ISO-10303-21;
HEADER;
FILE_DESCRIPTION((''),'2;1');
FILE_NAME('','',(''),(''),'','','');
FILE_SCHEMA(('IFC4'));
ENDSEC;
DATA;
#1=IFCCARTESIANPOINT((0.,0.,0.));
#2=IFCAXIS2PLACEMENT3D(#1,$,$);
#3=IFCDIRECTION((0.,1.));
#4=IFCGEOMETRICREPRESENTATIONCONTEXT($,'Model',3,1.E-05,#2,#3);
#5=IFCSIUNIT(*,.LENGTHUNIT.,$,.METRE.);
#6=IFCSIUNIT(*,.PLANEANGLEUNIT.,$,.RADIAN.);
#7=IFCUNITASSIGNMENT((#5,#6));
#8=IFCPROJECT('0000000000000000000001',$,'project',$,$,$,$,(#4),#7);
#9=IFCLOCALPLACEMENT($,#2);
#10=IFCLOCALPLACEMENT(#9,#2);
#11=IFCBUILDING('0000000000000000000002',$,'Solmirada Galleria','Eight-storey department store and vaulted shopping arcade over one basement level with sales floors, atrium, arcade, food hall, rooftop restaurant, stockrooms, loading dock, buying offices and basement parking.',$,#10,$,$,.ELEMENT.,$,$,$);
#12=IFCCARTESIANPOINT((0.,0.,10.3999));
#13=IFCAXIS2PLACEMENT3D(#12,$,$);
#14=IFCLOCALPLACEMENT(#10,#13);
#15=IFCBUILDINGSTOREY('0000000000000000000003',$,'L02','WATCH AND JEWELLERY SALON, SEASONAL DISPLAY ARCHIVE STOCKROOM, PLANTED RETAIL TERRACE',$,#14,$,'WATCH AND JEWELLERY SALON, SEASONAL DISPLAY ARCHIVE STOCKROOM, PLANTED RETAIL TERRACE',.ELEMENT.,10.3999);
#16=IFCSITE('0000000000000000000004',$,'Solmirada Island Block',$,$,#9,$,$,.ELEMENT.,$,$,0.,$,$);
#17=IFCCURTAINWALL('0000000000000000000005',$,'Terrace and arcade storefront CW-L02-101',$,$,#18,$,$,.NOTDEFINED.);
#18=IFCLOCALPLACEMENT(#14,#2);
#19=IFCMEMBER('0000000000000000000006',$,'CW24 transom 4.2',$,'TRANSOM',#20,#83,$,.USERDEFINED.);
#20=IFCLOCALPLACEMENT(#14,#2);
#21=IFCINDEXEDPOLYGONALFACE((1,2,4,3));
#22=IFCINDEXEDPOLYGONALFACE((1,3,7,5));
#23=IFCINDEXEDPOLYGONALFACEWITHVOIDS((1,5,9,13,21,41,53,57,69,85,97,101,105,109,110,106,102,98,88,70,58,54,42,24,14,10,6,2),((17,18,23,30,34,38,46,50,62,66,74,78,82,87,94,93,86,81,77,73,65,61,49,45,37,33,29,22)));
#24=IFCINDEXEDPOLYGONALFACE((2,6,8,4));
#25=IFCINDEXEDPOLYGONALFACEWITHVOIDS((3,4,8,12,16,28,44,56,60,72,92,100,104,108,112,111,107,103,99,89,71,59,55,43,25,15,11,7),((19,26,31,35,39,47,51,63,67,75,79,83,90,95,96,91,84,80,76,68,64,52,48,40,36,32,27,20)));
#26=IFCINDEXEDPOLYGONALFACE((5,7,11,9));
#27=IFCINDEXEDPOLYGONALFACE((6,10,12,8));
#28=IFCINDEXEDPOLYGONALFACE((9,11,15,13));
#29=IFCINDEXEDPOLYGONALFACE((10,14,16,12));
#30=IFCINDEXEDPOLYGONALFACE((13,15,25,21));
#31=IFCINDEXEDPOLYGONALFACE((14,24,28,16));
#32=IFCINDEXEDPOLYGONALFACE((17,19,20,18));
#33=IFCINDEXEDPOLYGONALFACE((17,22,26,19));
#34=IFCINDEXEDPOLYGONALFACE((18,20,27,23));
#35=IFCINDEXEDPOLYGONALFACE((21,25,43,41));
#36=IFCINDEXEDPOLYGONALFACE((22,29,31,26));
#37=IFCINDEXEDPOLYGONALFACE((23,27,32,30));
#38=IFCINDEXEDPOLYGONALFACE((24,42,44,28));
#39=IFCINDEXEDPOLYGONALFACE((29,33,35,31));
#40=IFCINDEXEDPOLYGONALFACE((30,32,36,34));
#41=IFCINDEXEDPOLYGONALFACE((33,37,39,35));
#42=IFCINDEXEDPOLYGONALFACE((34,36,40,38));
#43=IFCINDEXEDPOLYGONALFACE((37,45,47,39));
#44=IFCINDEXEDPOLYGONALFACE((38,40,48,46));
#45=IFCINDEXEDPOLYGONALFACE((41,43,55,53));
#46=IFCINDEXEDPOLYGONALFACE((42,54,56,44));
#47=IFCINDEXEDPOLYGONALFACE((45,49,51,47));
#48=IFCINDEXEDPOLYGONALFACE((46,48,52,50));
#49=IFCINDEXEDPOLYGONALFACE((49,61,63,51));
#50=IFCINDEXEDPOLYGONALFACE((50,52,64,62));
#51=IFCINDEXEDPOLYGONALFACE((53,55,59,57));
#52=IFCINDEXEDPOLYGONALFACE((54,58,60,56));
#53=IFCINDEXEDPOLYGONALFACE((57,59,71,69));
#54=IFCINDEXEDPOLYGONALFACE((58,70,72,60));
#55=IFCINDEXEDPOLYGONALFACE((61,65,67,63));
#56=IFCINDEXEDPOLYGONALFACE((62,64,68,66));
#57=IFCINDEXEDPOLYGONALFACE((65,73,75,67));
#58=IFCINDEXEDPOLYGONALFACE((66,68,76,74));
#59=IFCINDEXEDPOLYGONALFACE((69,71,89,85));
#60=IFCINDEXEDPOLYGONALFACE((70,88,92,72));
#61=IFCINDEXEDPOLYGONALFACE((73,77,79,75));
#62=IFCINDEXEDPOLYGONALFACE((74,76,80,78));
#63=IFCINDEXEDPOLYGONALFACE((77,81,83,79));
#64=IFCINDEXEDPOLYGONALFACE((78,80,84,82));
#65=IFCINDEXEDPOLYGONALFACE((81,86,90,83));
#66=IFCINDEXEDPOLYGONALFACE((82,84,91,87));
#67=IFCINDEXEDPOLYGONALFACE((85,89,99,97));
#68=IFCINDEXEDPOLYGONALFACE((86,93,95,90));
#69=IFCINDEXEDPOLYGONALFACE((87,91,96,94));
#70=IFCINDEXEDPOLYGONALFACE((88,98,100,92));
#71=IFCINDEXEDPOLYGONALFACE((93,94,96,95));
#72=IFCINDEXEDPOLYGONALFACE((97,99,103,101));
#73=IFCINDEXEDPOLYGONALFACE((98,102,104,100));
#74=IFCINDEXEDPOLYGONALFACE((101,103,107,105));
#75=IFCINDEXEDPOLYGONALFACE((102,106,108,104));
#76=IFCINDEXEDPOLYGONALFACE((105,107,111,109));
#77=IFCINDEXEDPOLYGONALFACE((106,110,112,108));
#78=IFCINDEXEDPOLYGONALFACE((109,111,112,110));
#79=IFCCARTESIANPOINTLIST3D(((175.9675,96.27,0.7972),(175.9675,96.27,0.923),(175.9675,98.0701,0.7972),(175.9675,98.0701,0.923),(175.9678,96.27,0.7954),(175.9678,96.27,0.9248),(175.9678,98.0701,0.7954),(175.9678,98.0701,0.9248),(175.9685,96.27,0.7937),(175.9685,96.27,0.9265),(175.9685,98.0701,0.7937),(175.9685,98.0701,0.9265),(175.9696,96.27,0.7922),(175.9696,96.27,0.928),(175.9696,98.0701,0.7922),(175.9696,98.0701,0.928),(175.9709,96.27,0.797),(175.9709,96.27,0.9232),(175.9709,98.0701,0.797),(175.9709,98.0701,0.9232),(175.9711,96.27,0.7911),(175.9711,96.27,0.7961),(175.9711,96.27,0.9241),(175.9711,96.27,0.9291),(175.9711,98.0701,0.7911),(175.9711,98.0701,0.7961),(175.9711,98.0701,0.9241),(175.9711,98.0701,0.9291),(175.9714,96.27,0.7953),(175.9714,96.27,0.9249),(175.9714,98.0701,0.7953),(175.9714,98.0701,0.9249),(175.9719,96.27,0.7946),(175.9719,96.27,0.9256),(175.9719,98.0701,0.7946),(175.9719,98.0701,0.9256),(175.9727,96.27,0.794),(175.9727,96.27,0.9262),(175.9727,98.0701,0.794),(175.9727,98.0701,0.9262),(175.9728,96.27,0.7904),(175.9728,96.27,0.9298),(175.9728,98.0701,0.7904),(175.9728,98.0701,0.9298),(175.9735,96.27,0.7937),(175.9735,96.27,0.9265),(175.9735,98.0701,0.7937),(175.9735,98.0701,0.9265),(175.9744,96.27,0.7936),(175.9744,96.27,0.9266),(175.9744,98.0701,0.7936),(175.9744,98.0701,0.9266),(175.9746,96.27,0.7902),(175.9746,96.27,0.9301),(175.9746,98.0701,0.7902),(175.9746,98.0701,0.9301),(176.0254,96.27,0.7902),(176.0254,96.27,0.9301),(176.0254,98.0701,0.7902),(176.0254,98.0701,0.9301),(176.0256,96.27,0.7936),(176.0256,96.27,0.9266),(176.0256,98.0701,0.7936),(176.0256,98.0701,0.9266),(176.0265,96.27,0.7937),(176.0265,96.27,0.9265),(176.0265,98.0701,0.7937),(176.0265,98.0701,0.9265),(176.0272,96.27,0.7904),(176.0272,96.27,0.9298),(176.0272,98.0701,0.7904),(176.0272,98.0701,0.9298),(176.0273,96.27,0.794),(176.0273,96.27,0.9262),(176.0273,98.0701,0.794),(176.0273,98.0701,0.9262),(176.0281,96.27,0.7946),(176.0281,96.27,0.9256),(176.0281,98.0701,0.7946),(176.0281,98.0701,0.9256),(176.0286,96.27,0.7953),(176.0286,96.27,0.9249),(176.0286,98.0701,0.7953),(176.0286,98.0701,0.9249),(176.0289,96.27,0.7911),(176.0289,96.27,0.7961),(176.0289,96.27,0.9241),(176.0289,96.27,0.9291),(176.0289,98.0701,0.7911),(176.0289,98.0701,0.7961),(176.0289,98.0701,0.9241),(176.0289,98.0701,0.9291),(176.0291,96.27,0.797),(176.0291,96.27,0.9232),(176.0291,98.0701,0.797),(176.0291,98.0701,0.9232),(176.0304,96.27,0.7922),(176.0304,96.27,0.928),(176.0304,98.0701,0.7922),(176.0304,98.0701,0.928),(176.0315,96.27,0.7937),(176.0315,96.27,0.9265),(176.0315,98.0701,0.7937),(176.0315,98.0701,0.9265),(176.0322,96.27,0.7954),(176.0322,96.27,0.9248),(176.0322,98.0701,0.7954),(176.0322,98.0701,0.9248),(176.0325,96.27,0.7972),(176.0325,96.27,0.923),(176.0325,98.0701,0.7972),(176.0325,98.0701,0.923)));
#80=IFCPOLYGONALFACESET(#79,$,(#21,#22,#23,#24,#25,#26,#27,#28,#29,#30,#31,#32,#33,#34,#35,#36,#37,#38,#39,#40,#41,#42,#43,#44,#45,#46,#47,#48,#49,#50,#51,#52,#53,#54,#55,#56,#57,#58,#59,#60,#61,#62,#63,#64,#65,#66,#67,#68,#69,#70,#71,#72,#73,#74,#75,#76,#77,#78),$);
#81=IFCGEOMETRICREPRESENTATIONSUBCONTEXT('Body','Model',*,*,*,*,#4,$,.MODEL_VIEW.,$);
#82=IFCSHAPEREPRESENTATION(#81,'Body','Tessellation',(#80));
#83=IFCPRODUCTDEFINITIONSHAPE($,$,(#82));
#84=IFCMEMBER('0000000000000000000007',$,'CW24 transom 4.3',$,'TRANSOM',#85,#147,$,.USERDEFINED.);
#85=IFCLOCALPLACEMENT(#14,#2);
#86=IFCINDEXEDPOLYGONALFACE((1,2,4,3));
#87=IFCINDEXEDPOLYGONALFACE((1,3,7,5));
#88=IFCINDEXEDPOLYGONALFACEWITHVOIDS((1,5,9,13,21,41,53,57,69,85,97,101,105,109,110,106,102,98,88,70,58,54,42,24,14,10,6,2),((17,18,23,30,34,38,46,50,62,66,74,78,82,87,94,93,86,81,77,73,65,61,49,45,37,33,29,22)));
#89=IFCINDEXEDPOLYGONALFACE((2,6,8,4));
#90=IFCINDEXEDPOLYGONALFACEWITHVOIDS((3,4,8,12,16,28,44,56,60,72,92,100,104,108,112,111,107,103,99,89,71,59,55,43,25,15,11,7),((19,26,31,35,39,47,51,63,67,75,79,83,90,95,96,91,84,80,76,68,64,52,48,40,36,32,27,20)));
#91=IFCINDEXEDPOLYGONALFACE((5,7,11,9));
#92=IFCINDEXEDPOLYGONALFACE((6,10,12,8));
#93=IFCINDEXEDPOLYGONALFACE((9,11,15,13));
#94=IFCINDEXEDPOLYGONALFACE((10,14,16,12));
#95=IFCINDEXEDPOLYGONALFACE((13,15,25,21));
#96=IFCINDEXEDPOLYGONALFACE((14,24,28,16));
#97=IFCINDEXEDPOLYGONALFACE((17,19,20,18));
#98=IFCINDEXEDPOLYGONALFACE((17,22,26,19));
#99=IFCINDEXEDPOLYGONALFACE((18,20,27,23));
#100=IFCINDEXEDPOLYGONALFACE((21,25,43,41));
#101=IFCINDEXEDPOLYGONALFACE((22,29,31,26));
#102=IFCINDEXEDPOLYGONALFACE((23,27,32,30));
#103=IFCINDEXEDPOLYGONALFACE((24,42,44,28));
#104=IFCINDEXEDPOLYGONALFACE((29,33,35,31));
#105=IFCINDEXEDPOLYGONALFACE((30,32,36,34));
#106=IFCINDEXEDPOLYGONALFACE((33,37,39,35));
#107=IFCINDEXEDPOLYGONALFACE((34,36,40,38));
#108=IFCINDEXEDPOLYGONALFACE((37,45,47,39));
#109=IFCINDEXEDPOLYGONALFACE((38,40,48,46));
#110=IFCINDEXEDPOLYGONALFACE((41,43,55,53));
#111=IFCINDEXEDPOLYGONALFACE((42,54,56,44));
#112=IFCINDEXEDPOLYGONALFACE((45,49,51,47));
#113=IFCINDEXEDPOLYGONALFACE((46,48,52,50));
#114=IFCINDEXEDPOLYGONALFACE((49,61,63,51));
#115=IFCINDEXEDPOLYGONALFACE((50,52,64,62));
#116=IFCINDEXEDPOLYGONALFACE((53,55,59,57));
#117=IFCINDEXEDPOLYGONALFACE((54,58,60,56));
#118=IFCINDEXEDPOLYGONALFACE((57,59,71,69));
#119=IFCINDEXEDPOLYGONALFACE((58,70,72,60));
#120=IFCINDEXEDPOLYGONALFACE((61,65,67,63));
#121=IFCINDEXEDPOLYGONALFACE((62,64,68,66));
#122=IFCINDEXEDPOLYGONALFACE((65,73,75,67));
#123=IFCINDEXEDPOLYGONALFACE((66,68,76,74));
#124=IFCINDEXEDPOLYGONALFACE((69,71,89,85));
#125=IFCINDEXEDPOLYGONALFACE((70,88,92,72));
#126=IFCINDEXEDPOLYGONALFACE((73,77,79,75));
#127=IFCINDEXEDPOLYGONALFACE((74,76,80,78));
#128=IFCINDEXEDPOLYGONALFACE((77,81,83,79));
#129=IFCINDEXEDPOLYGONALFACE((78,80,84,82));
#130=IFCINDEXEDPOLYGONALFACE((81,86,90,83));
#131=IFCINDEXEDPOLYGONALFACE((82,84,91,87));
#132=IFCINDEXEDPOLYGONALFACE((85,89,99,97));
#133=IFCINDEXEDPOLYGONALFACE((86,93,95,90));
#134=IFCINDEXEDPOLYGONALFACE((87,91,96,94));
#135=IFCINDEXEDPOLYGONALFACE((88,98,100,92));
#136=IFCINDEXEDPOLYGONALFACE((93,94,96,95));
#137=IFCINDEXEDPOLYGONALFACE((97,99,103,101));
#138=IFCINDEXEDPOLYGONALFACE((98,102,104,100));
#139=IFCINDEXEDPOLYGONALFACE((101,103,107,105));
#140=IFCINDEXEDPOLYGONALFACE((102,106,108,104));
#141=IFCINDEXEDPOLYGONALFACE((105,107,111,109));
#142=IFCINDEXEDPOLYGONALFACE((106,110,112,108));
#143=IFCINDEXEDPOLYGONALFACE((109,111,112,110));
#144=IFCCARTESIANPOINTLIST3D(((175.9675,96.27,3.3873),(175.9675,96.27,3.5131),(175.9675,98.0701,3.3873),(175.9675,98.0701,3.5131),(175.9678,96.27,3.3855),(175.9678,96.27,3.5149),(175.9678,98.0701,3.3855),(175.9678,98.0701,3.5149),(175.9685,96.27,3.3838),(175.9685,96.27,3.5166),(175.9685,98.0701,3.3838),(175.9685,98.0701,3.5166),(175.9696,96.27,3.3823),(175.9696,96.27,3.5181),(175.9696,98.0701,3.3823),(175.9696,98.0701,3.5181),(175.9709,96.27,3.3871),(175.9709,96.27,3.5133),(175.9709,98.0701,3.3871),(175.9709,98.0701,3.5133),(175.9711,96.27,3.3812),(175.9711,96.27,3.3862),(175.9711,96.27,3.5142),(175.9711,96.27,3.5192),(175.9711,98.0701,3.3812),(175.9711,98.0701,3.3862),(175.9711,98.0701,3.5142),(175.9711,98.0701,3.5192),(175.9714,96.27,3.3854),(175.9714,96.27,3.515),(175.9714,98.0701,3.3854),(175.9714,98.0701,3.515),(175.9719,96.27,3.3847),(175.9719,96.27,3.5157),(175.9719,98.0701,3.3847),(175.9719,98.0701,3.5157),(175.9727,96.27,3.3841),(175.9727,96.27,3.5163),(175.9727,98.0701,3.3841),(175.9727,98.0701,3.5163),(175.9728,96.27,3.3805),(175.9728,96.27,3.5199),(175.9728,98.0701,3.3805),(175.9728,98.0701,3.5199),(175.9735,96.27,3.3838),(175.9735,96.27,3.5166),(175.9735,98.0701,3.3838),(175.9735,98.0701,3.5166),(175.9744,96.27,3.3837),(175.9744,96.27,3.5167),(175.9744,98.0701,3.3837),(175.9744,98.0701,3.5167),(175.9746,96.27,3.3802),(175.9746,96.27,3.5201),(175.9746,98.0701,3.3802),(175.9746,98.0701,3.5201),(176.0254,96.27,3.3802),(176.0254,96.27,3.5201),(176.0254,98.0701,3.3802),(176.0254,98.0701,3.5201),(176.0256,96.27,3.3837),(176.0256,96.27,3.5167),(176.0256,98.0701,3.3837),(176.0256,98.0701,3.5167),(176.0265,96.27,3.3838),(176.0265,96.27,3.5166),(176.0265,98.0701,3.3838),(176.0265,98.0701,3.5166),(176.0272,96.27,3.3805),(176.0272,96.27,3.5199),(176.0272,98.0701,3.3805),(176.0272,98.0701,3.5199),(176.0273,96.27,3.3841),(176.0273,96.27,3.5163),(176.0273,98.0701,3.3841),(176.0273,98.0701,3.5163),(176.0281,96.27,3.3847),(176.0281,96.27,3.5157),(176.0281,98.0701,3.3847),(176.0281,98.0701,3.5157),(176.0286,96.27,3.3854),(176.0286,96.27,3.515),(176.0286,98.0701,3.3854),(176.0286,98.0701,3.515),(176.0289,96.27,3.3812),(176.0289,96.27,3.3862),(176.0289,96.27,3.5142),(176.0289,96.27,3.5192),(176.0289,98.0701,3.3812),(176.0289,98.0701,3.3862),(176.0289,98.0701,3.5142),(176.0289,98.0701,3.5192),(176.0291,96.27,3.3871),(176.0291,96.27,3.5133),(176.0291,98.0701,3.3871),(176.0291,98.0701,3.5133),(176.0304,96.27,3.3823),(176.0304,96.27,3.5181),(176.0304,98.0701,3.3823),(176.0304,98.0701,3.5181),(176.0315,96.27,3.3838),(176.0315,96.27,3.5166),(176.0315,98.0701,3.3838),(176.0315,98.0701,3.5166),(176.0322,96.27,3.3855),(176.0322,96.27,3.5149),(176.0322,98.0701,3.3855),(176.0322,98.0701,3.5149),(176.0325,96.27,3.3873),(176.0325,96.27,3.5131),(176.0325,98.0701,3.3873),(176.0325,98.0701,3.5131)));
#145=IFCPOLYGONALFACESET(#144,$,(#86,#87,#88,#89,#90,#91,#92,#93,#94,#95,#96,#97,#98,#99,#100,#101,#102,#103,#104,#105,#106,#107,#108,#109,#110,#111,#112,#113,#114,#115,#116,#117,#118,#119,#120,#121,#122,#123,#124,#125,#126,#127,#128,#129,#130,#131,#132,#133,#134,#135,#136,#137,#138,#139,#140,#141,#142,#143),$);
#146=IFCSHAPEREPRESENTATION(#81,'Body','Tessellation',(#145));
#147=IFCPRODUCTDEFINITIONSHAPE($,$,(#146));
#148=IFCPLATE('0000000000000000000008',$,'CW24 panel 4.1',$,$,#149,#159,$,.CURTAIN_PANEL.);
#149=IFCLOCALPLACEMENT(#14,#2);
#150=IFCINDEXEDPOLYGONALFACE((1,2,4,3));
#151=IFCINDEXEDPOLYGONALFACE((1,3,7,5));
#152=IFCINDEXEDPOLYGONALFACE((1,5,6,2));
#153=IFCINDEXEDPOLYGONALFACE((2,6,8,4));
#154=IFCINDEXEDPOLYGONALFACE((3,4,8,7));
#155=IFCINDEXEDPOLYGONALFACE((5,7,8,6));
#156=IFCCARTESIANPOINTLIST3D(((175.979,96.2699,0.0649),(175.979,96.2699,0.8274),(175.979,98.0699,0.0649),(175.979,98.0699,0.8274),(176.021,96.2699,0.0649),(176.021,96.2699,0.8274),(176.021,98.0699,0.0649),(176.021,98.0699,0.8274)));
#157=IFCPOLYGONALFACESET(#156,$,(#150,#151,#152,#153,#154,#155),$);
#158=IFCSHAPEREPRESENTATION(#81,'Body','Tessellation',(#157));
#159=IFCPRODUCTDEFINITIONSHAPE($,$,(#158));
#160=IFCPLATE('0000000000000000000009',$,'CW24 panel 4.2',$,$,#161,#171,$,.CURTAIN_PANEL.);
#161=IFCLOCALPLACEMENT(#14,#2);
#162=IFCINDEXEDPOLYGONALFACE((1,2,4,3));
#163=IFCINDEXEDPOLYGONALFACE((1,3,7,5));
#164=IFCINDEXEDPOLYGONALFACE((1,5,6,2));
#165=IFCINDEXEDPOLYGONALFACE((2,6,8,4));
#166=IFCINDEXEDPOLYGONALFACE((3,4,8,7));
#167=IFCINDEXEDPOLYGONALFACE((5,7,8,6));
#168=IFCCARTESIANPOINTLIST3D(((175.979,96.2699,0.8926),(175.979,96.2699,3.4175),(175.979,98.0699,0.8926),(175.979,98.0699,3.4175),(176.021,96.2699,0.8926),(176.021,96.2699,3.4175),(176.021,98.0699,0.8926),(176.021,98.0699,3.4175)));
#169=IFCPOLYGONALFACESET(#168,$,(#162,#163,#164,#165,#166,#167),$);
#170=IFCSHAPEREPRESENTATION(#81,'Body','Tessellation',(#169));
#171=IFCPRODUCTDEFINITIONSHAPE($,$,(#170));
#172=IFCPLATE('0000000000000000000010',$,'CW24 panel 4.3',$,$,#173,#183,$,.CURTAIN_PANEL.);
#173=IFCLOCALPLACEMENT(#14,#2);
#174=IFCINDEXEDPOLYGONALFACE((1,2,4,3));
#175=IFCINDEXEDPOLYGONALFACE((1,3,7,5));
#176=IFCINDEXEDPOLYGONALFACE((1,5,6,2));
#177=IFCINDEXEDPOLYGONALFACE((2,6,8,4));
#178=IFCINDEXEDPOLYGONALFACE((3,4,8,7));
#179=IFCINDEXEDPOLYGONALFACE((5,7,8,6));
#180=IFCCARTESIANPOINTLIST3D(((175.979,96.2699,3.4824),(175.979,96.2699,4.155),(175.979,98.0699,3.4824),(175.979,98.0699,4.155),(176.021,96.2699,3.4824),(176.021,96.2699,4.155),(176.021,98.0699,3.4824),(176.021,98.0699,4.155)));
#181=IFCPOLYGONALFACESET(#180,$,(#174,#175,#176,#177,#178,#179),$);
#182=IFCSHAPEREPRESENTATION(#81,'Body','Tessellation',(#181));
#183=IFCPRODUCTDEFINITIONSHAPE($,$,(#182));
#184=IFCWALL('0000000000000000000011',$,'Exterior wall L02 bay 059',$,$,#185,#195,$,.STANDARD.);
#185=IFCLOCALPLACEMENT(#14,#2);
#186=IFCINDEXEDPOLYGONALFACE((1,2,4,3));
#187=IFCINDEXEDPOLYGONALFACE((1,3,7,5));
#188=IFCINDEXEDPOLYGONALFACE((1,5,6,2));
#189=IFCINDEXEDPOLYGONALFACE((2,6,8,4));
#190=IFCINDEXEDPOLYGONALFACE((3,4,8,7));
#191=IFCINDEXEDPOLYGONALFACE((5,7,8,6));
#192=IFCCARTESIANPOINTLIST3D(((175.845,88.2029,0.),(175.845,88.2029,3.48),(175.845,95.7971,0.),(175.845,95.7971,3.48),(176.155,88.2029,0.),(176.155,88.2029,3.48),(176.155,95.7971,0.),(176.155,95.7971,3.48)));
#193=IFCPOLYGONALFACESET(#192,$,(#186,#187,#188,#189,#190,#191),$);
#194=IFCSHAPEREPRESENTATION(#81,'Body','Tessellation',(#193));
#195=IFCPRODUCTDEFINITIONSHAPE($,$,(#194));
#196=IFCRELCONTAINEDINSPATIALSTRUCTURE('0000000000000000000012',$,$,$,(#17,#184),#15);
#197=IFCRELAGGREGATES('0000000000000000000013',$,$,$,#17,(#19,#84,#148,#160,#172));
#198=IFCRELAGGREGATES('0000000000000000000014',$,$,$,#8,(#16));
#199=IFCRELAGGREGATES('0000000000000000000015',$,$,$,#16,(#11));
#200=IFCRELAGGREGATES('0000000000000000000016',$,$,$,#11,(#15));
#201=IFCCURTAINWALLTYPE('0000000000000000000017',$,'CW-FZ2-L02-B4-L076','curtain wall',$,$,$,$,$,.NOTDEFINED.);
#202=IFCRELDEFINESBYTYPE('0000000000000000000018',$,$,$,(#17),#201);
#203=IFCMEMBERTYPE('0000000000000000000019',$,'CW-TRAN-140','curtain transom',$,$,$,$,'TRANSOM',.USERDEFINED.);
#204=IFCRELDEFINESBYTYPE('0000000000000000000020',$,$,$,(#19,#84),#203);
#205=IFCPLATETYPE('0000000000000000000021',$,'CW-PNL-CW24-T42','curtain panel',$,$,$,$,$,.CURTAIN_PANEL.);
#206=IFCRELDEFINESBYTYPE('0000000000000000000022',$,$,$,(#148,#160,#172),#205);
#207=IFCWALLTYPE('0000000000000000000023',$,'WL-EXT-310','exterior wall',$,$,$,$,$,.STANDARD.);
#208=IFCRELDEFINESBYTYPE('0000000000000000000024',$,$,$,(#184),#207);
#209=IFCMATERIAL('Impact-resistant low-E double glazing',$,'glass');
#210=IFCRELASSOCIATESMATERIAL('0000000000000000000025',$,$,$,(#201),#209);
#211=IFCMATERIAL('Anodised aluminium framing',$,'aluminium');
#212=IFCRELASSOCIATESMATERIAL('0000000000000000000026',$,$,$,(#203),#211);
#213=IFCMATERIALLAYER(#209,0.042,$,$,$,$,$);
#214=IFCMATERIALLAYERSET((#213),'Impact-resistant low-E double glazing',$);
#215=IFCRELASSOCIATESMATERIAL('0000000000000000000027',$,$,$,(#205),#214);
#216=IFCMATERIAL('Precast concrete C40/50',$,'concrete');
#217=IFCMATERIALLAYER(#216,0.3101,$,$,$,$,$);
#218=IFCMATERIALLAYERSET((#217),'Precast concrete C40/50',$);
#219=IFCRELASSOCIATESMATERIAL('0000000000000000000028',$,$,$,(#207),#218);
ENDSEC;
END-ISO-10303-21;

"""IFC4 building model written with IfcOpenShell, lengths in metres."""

from ifc_helpers import new_model, si_unit, direction, frame, frame_2d, origin, origin_2d, place, context, subcontext, project, spatial, rectangle, hollow_rectangle, extrude, material, layer, layer_set, material_profile, profile_set, type_object, element, aggregate, save


model = new_model("IFC4")

# Units and contexts
model_context = context("Model", 3, precision=1e-05, world=origin(), true_north=direction((0.0, 1.0)))
body_context = subcontext(model_context, "Body", "Model", "MODEL_VIEW")
ifc_project = project(units=[si_unit("LENGTHUNIT", "METRE"), si_unit("PLANEANGLEUNIT", "RADIAN")], contexts=[model_context])

# Site, building, storey
site_placement = place(None, origin())
site = spatial("IfcSite", under=ifc_project, at=site_placement, Name="Solmirada Island Block", CompositionType="ELEMENT", RefElevation=0.0)
building_placement = place(site_placement, origin())
building = spatial("IfcBuilding", under=site, at=building_placement, Name="Solmirada Galleria", Description="Eight-storey department store and vaulted shopping arcade over one basement level with sales floors, atrium, arcade, food hall, rooftop restaurant, stockrooms, loading dock, buying offices and basement parking.", CompositionType="ELEMENT")
storey_placement = place(building_placement, frame((0.0, 0.0, 10.3999)))
storey = spatial("IfcBuildingStorey", under=building, at=storey_placement, Name="L02", Description="WATCH AND JEWELLERY SALON, SEASONAL DISPLAY ARCHIVE STOCKROOM, PLANTED RETAIL TERRACE", LongName="WATCH AND JEWELLERY SALON, SEASONAL DISPLAY ARCHIVE STOCKROOM, PLANTED RETAIL TERRACE", CompositionType="ELEMENT", Elevation=10.3999)

# Curtain wall, members, plates
ifc_material_1 = material(Name="Impact-resistant low-E double glazing", Category="glass")
curtain_wall_type = type_object("IfcCurtainWallType", Name="CW-FZ2-L02-B4-L076", Description="curtain wall", PredefinedType="NOTDEFINED", material=ifc_material_1)
curtain_wall_placement = place(storey_placement, origin())
curtain_wall = element("IfcCurtainWall", 1, at=curtain_wall_placement, inside=storey, type_object=curtain_wall_type, Name="Terrace and arcade storefront CW-L02-101", PredefinedType="NOTDEFINED")
ifc_material_2 = material(Name="Anodised aluminium framing", Category="aluminium")
ifc_material_profile_1 = material_profile(ifc_material_2, hollow_rectangle(XDim=0.0649, YDim=0.1399, WallThickness=0.0034, InnerFilletRadius=0.0034, OuterFilletRadius=0.0071, at=origin_2d()), Name="ALU-TRAN-140X65")
ifc_profile_set_1 = profile_set([ifc_material_profile_1], Name="Anodised aluminium framing")
member_type_1 = type_object("IfcMemberType", Name="CW-TRAN-140", Description="curtain transom", ElementType="TRANSOM", PredefinedType="USERDEFINED", material=ifc_profile_set_1)
member_1_placement = place(storey_placement, frame((176.0, 98.0701, 0.8601), z_axis=(0.0, -1.0, 0.0), x_axis=(1.0, 0.0, 0.0)))
member_1 = element("IfcMember", 2, at=member_1_placement, type_object=member_type_1, Name="CW24 transom 4.2", ObjectType="TRANSOM", PredefinedType="USERDEFINED", context=body_context, shape_type="SweptSolid", body=[
    extrude(hollow_rectangle(XDim=0.0649, YDim=0.1399, WallThickness=0.0034, InnerFilletRadius=0.0034, OuterFilletRadius=0.0071, at=origin_2d()), origin(), (0.0, 0.0, 1.0), 1.8),
])
member_2_placement = place(storey_placement, frame((176.0, 98.0701, 3.4502), z_axis=(0.0, -1.0, 0.0), x_axis=(1.0, 0.0, 0.0)))
member_2 = element("IfcMember", 3, at=member_2_placement, type_object=member_type_1, Name="CW24 transom 4.3", ObjectType="TRANSOM", PredefinedType="USERDEFINED", context=body_context, shape_type="SweptSolid", body=[
    extrude(hollow_rectangle(XDim=0.0649, YDim=0.1399, WallThickness=0.0034, InnerFilletRadius=0.0034, OuterFilletRadius=0.0071, at=origin_2d()), origin(), (0.0, 0.0, 1.0), 1.8),
])
ifc_layer_1 = layer(ifc_material_1, 0.042)
ifc_layer_set_1 = layer_set([ifc_layer_1], Name="Impact-resistant low-E double glazing")
plate_type = type_object("IfcPlateType", Name="CW-PNL-CW24-T42", Description="curtain panel", PredefinedType="CURTAIN_PANEL", material=ifc_layer_set_1)
plate_1_placement = place(storey_placement, frame((176.0, 97.1699, 0.0649), z_axis=(0.0, 0.0, 1.0), x_axis=(0.0, -1.0, 0.0)))
plate_1 = element("IfcPlate", 4, at=plate_1_placement, type_object=plate_type, Name="CW24 panel 4.1", PredefinedType="CURTAIN_PANEL", context=body_context, shape_type="SweptSolid", body=[
    extrude(rectangle(XDim=1.8, YDim=0.042, at=origin_2d()), origin(), (0.0, 0.0, 1.0), 0.7625),
])
plate_2_placement = place(storey_placement, frame((176.0, 97.1699, 0.8926), z_axis=(0.0, 0.0, 1.0), x_axis=(0.0, -1.0, 0.0)))
plate_2 = element("IfcPlate", 5, at=plate_2_placement, type_object=plate_type, Name="CW24 panel 4.2", PredefinedType="CURTAIN_PANEL", context=body_context, shape_type="SweptSolid", body=[
    extrude(rectangle(XDim=1.8, YDim=0.042, at=origin_2d()), origin(), (0.0, 0.0, 1.0), 2.5249),
])
plate_3_placement = place(storey_placement, frame((176.0, 97.1699, 3.4824), z_axis=(0.0, 0.0, 1.0), x_axis=(0.0, -1.0, 0.0)))
plate_3 = element("IfcPlate", 6, at=plate_3_placement, type_object=plate_type, Name="CW24 panel 4.3", PredefinedType="CURTAIN_PANEL", context=body_context, shape_type="SweptSolid", body=[
    extrude(rectangle(XDim=1.8, YDim=0.042, at=origin_2d()), origin(), (0.0, 0.0, 1.0), 0.6726),
])
aggregate(curtain_wall, [member_1, member_2, plate_1, plate_2, plate_3])

# Wall
ifc_material_3 = material(Name="Precast concrete C40/50", Category="concrete")
ifc_layer_2 = layer(ifc_material_3, 0.3101)
ifc_layer_set_2 = layer_set([ifc_layer_2], Name="Precast concrete C40/50")
wall_type_1 = type_object("IfcWallType", Name="WL-EXT-310", Description="exterior wall", PredefinedType="STANDARD", material=ifc_layer_set_2)
wall_1_placement = place(storey_placement, frame((176.0, 95.7971, 0.0), z_axis=(0.0, 0.0, 1.0), x_axis=(0.0, -1.0, 0.0)))
element("IfcWall", 7, at=wall_1_placement, inside=storey, type_object=wall_type_1, Name="Exterior wall L02 bay 059", PredefinedType="STANDARD", context=body_context, shape_type="SweptSolid", body=[
    extrude(rectangle(XDim=7.5942, YDim=0.3101, at=frame_2d((3.7971, 0.0))), origin(), (0.0, 0.0, 1.0), 3.48),
])

save(model, "model.ifc")
